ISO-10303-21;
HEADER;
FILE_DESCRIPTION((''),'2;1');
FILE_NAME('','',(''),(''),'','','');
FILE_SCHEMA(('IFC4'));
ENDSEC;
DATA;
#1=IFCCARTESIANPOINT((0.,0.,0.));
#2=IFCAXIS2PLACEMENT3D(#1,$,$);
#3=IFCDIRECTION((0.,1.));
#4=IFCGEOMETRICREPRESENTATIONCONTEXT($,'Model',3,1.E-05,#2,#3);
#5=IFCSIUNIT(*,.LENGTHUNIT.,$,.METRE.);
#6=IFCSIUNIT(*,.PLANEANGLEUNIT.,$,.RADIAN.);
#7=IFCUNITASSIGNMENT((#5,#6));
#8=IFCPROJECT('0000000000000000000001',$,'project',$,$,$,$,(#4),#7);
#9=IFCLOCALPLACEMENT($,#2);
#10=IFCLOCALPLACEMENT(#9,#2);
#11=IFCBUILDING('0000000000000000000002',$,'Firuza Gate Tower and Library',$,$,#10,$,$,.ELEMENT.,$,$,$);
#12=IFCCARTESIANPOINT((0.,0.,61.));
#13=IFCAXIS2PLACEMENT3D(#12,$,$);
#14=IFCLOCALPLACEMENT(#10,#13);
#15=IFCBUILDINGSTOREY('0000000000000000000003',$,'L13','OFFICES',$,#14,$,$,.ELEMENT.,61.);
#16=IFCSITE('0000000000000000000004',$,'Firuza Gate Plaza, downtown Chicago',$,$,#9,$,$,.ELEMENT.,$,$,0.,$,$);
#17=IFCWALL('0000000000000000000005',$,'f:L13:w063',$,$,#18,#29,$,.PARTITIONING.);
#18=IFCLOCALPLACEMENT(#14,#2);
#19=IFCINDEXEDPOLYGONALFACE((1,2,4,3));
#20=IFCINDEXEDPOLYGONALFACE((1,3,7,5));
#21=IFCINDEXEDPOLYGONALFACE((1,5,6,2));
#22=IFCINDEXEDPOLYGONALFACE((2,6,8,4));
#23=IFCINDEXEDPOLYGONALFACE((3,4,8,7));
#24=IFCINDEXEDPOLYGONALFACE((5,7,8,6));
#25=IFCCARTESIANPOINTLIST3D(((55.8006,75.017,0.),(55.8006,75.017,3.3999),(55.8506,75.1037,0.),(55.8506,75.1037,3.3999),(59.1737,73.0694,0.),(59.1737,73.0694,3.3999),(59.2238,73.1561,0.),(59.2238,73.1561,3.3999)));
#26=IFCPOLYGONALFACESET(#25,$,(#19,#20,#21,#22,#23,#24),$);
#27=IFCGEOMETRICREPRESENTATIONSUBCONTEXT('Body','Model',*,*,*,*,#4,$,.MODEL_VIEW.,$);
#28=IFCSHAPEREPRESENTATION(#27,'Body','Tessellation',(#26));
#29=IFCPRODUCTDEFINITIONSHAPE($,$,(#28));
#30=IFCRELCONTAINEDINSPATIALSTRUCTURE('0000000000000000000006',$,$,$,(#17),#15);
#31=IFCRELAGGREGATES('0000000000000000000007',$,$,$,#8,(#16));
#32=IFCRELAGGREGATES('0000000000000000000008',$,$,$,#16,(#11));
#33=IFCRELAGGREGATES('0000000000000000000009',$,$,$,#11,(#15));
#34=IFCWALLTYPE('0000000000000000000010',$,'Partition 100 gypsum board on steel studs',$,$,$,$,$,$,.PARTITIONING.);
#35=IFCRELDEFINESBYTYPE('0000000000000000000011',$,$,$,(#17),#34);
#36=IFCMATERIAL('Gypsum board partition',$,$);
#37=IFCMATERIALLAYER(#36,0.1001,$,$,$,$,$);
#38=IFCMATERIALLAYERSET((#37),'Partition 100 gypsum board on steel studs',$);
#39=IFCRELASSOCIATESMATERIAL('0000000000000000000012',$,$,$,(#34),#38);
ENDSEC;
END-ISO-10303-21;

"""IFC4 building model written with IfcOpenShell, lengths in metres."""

from ifc_helpers import new_model, si_unit, direction, frame, frame_2d, origin, place, context, subcontext, project, spatial, rectangle, extrude, material, layer, layer_set, type_object, element, save


model = new_model("IFC4")

# Units and contexts
model_context = context("Model", 3, precision=1e-05, world=origin(), true_north=direction((0.0, 1.0)))
body_context = subcontext(model_context, "Body", "Model", "MODEL_VIEW")
ifc_project = project(units=[si_unit("LENGTHUNIT", "METRE"), si_unit("PLANEANGLEUNIT", "RADIAN")], contexts=[model_context])

# Site, building, storey
site_placement = place(None, origin())
site = spatial("IfcSite", under=ifc_project, at=site_placement, Name="Firuza Gate Plaza, downtown Chicago", CompositionType="ELEMENT", RefElevation=0.0)
building_placement = place(site_placement, origin())
building = spatial("IfcBuilding", under=site, at=building_placement, Name="Firuza Gate Tower and Library", CompositionType="ELEMENT")
storey_placement = place(building_placement, frame((0.0, 0.0, 61.0)))
storey = spatial("IfcBuildingStorey", under=building, at=storey_placement, Name="L13", Description="OFFICES", CompositionType="ELEMENT", Elevation=61.0)

# Shared definitions
ifc_material_1 = material(Name="Gypsum board partition")
ifc_layer_1 = layer(ifc_material_1, 0.1001)
ifc_layer_set_1 = layer_set([ifc_layer_1], Name="Partition 100 gypsum board on steel studs")
wall_type_1 = type_object("IfcWallType", Name="Partition 100 gypsum board on steel studs", PredefinedType="PARTITIONING", material=ifc_layer_set_1)

# Wall
wall_1_placement = place(storey_placement, frame((59.1987, 73.1128, 0.0), z_axis=(0.0, 0.0, 1.0), x_axis=(-0.866016, 0.500015, 0.0)))
element("IfcWall", 1, at=wall_1_placement, inside=storey, type_object=wall_type_1, Name="f:L13:w063", PredefinedType="PARTITIONING", context=body_context, shape_type="SweptSolid", body=[
    extrude(rectangle(XDim=3.895, YDim=0.1001, at=frame_2d((1.9475, 0.0))), origin(), (0.0, 0.0, 1.0), 3.3999),
])

save(model, "model.ifc")
